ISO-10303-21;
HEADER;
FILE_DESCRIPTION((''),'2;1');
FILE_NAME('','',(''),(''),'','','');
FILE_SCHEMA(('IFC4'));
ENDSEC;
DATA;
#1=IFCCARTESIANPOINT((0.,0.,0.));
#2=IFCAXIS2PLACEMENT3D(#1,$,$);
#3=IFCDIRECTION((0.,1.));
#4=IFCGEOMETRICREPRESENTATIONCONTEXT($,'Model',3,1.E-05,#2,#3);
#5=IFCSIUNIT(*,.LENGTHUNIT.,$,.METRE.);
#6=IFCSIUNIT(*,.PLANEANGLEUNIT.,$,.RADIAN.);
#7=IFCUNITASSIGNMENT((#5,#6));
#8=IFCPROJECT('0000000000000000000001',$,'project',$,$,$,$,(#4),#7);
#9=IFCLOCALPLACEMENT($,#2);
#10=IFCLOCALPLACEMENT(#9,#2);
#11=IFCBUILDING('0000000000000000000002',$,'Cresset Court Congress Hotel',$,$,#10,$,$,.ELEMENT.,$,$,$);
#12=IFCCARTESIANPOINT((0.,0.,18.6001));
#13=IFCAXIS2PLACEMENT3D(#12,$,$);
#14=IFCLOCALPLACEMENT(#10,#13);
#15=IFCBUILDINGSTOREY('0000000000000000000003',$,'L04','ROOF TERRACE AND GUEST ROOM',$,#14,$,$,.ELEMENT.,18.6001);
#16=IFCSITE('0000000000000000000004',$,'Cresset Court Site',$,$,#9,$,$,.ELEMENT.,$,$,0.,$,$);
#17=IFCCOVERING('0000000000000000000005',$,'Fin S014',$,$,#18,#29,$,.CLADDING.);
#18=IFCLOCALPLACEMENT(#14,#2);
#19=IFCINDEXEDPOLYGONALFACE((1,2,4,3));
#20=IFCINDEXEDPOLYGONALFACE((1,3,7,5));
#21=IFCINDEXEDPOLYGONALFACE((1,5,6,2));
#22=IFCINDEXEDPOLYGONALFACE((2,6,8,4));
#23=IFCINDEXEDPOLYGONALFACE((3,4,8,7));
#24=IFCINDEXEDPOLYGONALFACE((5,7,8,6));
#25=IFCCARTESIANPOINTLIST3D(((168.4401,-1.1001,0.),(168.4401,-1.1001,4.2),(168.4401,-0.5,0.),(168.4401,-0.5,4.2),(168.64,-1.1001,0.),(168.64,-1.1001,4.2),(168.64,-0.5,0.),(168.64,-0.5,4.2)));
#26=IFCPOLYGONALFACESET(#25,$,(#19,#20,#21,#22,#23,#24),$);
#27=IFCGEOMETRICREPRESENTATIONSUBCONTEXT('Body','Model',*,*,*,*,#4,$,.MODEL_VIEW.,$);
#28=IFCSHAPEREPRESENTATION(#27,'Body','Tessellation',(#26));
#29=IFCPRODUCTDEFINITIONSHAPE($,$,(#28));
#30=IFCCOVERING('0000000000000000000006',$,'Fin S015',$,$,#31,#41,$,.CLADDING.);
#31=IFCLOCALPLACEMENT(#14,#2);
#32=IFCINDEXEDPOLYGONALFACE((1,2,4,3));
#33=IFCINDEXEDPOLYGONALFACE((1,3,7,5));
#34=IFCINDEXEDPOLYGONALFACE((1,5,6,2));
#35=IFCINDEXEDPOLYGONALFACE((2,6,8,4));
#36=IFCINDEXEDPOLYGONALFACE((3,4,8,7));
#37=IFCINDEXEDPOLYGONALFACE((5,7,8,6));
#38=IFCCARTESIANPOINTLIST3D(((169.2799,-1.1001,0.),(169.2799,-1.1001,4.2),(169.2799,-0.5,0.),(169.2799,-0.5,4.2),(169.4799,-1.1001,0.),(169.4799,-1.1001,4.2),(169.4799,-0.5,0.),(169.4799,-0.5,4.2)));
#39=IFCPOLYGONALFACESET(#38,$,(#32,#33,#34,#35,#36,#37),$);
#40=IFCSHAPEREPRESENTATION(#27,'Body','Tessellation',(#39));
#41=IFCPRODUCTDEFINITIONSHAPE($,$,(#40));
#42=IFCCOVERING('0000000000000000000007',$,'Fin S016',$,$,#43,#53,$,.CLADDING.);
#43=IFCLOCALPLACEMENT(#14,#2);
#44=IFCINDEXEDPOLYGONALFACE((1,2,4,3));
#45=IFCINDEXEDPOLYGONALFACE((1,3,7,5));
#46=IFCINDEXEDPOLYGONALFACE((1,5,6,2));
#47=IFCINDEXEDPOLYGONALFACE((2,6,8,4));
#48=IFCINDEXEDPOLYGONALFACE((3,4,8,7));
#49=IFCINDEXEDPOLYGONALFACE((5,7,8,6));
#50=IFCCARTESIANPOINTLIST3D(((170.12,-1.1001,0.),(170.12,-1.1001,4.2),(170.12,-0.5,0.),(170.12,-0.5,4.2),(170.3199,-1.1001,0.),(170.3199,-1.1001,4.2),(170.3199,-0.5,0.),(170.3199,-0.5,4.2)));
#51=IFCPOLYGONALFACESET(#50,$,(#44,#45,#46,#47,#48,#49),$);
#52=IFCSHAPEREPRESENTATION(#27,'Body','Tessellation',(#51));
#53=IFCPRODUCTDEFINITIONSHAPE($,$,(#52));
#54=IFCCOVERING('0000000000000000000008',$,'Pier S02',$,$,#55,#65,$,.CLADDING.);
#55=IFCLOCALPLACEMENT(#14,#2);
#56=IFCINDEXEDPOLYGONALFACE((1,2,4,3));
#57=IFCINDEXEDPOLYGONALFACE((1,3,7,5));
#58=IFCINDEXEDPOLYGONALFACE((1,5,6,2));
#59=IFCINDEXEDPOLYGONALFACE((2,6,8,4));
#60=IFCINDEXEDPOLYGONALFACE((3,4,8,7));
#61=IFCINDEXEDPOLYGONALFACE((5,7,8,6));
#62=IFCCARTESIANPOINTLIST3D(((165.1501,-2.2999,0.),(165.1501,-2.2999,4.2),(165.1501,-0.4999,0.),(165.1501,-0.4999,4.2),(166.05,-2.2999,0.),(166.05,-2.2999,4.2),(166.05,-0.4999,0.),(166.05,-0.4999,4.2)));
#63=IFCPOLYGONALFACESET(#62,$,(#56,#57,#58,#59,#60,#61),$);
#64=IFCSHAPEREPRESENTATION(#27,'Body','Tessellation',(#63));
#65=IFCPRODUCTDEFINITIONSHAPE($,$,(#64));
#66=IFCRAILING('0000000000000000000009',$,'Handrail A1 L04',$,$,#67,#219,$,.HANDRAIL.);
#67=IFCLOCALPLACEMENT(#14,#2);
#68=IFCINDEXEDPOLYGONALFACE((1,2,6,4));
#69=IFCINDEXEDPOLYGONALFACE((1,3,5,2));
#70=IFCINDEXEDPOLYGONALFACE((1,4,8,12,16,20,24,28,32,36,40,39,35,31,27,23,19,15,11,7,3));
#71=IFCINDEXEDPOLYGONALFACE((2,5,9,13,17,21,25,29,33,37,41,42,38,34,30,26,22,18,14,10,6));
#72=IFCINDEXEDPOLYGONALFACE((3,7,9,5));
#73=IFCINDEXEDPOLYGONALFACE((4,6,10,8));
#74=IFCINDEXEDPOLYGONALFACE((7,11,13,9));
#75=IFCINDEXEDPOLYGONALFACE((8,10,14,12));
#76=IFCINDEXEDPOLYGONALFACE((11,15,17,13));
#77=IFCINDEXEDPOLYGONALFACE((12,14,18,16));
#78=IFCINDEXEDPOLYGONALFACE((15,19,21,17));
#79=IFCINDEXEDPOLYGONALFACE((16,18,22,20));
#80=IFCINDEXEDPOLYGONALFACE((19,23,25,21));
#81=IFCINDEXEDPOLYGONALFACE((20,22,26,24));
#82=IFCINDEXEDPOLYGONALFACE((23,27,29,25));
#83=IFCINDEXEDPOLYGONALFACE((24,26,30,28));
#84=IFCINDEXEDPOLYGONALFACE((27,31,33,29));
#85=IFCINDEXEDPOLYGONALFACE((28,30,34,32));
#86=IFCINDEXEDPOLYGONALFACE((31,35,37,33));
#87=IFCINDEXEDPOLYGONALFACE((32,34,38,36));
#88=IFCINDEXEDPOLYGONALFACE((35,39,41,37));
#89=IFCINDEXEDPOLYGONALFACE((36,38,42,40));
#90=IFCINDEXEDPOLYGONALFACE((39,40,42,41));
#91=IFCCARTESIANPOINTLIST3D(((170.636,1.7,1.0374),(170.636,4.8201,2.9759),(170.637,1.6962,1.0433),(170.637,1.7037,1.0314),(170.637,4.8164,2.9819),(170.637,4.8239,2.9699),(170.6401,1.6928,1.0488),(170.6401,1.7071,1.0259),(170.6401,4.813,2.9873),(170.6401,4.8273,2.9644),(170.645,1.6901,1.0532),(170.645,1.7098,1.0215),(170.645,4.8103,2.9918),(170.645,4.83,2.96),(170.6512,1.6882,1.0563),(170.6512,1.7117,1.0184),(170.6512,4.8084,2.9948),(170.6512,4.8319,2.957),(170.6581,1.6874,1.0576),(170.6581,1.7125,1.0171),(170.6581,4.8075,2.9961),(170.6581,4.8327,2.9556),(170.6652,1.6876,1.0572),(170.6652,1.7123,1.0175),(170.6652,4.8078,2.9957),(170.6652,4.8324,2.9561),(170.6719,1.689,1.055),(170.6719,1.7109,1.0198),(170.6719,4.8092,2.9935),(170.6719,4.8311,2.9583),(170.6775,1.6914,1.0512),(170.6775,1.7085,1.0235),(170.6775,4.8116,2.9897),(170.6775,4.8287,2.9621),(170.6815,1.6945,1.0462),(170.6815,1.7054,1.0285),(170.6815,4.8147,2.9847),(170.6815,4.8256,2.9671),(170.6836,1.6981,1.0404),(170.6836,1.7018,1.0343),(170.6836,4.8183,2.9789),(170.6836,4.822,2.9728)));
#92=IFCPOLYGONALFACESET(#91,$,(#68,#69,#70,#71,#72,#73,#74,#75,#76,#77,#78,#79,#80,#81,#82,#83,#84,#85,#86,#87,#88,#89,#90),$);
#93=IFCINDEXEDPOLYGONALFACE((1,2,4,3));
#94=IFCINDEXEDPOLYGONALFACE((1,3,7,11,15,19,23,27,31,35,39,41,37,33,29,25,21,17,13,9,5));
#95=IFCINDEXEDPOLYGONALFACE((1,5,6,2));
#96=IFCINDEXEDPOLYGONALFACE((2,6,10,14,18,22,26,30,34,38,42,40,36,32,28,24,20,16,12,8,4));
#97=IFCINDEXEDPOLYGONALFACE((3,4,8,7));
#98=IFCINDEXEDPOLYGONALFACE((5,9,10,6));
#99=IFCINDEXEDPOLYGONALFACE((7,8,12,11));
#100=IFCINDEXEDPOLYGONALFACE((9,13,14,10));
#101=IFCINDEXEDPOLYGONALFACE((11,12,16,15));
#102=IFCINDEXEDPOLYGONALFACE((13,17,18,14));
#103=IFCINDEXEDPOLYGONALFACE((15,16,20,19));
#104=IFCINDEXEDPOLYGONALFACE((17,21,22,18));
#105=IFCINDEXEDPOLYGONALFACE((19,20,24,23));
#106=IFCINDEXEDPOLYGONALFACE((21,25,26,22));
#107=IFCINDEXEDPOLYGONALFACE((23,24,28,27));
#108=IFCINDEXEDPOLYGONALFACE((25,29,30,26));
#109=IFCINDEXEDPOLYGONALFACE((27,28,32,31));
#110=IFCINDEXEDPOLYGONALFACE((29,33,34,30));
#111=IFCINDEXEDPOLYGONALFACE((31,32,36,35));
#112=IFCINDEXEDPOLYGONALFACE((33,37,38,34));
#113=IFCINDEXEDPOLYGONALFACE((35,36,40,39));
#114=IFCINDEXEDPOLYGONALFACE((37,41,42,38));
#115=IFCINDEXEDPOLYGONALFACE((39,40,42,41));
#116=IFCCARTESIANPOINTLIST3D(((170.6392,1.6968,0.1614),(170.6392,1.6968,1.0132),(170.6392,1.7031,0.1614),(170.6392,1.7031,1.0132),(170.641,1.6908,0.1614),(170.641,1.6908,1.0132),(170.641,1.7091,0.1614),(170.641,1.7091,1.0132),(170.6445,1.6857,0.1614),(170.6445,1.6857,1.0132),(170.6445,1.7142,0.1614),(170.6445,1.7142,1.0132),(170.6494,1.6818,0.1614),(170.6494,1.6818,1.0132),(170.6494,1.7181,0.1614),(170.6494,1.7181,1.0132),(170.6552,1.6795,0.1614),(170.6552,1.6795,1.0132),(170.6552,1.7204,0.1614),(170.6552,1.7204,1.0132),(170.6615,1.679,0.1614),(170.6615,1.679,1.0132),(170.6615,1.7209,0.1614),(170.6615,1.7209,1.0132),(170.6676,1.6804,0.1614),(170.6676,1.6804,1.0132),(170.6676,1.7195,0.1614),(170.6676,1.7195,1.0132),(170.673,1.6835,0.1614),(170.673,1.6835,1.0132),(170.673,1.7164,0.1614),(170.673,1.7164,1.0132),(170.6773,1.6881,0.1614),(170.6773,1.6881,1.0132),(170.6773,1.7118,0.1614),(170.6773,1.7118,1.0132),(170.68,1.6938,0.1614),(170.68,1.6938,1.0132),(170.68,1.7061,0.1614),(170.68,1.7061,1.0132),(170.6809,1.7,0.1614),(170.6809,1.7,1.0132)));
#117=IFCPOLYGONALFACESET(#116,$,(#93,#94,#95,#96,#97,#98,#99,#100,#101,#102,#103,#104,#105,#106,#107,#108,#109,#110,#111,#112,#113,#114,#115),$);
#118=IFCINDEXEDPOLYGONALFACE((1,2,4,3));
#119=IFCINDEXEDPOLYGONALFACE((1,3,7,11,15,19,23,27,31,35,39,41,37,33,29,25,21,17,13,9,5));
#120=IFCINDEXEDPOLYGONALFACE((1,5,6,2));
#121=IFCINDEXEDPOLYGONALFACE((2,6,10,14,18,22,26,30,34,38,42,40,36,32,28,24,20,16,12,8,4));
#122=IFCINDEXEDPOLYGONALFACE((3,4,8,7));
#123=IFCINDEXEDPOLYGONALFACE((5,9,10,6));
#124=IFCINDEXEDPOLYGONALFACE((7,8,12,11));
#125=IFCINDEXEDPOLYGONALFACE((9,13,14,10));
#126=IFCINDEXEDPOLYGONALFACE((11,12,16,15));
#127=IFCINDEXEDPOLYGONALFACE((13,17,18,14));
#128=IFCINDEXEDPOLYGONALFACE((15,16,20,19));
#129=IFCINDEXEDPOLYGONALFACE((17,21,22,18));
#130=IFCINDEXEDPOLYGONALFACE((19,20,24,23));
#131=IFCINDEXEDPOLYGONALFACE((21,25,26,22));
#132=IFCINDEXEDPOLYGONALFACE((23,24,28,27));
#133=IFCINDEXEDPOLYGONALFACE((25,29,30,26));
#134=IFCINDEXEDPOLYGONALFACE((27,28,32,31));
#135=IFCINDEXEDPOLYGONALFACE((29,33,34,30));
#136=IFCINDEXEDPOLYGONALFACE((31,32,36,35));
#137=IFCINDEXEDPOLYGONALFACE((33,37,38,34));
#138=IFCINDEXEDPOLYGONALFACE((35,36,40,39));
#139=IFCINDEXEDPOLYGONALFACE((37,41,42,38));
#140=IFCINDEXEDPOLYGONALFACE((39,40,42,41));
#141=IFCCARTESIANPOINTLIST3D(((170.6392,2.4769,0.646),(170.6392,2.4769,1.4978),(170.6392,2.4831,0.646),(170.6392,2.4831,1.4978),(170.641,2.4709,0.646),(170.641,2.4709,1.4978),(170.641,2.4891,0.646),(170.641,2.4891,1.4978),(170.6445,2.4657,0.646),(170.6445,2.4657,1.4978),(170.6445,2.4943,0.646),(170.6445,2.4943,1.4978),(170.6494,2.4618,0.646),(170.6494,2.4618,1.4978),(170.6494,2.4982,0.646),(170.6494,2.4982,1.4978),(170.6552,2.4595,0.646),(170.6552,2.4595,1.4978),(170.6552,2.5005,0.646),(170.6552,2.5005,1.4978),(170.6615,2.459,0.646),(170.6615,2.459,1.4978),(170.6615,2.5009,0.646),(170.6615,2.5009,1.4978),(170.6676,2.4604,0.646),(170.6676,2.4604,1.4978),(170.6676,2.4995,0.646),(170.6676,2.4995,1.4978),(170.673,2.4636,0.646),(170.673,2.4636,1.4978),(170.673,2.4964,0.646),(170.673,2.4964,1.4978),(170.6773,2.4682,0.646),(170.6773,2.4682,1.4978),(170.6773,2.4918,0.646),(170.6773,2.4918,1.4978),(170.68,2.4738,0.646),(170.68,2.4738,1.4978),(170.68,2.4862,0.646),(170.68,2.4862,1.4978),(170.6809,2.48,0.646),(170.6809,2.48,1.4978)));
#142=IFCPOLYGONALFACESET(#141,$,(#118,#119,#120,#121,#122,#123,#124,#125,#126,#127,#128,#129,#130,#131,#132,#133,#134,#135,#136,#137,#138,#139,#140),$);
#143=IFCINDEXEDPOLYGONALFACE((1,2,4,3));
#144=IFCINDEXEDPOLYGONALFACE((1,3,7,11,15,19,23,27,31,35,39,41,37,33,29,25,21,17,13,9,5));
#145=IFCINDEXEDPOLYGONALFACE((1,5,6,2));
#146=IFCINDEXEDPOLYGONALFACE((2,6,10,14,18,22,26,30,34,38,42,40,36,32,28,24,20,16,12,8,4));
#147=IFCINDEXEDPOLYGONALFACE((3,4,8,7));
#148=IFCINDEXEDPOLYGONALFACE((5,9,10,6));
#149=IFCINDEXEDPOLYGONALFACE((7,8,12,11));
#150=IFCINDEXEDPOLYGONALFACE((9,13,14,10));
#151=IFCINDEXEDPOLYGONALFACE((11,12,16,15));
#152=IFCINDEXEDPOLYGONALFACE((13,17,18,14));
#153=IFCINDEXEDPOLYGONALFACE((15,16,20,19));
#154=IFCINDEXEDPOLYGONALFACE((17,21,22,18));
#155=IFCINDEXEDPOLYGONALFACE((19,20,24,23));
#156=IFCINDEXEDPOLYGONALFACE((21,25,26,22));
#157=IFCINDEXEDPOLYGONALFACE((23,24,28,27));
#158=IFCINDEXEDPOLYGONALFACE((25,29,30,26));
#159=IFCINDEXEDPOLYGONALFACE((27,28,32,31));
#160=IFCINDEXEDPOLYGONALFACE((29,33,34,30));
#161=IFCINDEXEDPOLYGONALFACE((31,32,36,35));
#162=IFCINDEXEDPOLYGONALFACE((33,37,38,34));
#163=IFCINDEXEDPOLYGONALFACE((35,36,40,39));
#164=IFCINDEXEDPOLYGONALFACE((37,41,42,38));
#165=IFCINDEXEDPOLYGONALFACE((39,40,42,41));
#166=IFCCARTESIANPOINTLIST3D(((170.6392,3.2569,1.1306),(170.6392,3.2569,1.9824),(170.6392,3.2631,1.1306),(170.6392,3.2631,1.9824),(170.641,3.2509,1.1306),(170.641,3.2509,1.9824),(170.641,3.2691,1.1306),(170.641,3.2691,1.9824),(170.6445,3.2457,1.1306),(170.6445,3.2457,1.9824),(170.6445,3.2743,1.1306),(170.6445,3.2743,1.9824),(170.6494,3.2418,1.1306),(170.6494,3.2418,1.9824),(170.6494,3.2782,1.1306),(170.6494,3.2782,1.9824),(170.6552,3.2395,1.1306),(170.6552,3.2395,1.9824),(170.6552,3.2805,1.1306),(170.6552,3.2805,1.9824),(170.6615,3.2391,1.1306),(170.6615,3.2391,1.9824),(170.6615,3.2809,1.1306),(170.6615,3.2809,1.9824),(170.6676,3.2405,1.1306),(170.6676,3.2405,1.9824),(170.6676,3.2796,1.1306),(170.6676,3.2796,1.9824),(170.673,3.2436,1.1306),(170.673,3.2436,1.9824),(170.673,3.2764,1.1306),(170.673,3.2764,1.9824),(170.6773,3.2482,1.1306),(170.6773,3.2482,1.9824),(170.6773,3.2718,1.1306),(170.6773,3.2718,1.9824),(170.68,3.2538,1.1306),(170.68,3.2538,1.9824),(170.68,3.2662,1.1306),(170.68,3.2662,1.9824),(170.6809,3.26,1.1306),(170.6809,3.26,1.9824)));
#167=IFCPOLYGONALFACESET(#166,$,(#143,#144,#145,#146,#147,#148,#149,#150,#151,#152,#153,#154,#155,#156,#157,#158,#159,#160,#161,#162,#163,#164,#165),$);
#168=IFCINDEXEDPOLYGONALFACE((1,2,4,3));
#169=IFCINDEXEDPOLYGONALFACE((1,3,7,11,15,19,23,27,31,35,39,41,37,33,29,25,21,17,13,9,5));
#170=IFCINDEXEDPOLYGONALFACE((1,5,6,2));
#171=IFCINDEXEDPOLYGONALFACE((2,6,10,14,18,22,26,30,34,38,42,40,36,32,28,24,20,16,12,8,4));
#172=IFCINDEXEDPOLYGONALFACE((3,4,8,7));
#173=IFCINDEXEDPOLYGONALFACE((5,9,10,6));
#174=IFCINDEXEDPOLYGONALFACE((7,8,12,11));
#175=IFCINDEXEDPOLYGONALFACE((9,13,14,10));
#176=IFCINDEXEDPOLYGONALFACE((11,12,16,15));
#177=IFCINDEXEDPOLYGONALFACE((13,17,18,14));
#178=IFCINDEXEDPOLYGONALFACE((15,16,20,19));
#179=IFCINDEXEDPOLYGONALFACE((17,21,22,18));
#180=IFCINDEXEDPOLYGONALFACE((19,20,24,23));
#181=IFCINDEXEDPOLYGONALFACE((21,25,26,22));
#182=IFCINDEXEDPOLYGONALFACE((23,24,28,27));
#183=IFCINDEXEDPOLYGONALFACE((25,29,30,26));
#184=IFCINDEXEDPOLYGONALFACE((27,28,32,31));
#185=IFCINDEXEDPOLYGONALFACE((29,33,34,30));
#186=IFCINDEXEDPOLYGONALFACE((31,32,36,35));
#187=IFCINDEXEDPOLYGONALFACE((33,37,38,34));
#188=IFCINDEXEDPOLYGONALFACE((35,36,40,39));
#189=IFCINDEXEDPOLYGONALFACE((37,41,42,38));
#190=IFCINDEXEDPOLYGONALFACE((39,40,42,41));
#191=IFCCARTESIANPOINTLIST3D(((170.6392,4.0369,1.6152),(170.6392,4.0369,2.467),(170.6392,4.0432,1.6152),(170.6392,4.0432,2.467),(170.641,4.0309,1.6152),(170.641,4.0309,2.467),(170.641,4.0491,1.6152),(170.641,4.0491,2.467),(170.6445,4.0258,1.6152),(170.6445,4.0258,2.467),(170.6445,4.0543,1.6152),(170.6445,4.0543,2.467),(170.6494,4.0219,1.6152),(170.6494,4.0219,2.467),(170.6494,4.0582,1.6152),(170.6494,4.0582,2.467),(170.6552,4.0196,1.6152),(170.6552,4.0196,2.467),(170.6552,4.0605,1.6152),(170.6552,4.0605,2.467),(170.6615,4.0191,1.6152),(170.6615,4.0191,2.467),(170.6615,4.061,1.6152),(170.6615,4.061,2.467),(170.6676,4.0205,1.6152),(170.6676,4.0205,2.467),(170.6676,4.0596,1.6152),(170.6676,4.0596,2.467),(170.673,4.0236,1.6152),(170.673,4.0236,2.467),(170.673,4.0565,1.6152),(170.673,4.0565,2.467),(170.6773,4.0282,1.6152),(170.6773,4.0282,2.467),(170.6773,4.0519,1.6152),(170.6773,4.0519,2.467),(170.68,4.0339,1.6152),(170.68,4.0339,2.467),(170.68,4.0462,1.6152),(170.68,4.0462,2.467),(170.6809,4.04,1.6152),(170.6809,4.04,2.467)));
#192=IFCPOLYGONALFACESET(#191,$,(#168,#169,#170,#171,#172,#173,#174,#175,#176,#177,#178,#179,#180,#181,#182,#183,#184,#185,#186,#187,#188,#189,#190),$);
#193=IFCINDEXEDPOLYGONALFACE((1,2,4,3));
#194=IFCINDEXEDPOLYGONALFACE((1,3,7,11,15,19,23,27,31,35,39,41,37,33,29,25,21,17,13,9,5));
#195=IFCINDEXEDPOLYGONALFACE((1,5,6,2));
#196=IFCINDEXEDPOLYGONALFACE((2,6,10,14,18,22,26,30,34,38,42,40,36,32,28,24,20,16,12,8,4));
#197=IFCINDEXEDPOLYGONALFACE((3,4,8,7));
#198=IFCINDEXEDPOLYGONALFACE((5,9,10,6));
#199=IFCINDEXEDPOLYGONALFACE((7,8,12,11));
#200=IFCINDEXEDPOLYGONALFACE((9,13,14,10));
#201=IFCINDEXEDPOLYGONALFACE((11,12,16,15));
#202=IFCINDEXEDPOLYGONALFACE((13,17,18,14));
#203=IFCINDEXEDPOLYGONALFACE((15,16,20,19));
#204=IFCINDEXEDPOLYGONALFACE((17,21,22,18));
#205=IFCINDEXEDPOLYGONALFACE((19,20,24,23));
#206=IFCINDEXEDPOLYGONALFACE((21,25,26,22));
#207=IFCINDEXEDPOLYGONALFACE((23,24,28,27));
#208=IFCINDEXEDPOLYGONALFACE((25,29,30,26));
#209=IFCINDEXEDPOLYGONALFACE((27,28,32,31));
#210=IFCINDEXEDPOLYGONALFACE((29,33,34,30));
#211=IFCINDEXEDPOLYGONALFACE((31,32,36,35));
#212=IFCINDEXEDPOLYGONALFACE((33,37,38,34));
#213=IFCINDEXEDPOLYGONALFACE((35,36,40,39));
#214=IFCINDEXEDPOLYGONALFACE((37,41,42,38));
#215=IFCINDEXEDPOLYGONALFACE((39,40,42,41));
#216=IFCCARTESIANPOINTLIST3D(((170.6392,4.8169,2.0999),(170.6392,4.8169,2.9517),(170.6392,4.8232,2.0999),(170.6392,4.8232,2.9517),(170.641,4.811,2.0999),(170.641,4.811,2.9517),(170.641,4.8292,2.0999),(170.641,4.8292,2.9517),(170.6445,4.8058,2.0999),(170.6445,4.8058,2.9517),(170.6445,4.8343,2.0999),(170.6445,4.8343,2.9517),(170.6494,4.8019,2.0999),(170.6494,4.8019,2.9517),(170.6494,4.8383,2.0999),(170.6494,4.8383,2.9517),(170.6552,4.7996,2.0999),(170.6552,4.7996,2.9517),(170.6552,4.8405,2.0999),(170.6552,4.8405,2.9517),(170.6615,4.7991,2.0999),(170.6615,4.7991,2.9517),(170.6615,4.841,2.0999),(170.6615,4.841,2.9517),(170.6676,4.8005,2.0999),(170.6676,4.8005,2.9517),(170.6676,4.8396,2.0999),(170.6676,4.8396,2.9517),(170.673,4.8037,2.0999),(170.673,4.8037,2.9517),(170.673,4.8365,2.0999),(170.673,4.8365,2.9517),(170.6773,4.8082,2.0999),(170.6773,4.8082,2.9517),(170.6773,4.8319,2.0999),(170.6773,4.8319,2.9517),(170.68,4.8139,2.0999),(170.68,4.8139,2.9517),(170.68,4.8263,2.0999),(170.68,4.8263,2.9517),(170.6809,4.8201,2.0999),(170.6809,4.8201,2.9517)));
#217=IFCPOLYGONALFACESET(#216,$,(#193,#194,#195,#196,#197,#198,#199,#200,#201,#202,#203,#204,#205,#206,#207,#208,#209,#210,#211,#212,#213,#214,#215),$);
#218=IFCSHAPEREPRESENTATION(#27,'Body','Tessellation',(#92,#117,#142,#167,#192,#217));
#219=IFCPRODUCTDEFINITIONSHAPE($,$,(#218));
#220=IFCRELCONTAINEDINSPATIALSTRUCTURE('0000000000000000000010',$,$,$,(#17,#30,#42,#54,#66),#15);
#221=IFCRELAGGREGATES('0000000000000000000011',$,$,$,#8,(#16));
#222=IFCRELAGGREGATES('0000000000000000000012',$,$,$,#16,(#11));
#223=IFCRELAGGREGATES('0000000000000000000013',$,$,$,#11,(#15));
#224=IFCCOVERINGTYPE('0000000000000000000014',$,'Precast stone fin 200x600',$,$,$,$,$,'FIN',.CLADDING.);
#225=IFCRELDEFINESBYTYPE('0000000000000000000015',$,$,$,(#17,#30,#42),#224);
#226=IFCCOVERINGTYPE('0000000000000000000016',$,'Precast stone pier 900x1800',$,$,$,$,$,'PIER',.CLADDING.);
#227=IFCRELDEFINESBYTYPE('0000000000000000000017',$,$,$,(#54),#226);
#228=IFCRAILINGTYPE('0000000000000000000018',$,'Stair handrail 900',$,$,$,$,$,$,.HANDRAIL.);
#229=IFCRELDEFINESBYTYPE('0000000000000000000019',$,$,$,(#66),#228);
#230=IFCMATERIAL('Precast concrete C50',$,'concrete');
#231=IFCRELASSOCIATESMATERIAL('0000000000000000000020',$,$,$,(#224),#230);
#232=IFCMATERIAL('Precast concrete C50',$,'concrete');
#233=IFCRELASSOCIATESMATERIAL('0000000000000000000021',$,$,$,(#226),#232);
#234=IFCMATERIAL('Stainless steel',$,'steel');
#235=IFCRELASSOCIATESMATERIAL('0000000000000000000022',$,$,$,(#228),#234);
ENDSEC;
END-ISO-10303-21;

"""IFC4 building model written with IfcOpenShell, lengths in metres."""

from ifc_helpers import new_model, si_unit, direction, frame, origin, origin_2d, place, context, subcontext, project, spatial, rectangle, circle, extrude, material, type_object, element, save


model = new_model("IFC4")

# Units and contexts
model_context = context("Model", 3, precision=1e-05, world=origin(), true_north=direction((0.0, 1.0)))
body_context = subcontext(model_context, "Body", "Model", "MODEL_VIEW")
ifc_project = project(units=[si_unit("LENGTHUNIT", "METRE"), si_unit("PLANEANGLEUNIT", "RADIAN")], contexts=[model_context])

# Site, building, storey
site_placement = place(None, origin())
site = spatial("IfcSite", under=ifc_project, at=site_placement, Name="Cresset Court Site", CompositionType="ELEMENT", RefElevation=0.0)
building_placement = place(site_placement, origin())
building = spatial("IfcBuilding", under=site, at=building_placement, Name="Cresset Court Congress Hotel", CompositionType="ELEMENT")
storey_placement = place(building_placement, frame((0.0, 0.0, 18.6001)))
storey = spatial("IfcBuildingStorey", under=building, at=storey_placement, Name="L04", Description="ROOF TERRACE AND GUEST ROOM", CompositionType="ELEMENT", Elevation=18.6001)

# Coverings
ifc_material_1 = material(Name="Precast concrete C50", Category="concrete")
covering_type_1 = type_object("IfcCoveringType", Name="Precast stone fin 200x600", ElementType="FIN", PredefinedType="CLADDING", material=ifc_material_1)
for number, where, z_axis, x_axis, name in (
    (1, (168.54, -0.8, 0.0), (0.0, 0.0, 1.0), (1.0, 0.0, 0.0), "Fin S014"),
    (2, (169.3799, -0.8, 0.0), (0.0, 0.0, 1.0), (1.0, 0.0, 0.0), "Fin S015"),
    (3, (170.22, -0.8, 0.0), (0.0, 0.0, 1.0), (1.0, 0.0, 0.0), "Fin S016"),
):
    element("IfcCovering", number, at=place(storey_placement, frame(where, z_axis=z_axis, x_axis=x_axis)), inside=storey, type_object=covering_type_1, Name=name, PredefinedType="CLADDING", context=body_context, shape_type="SweptSolid", body=[
        extrude(rectangle(XDim=0.2, YDim=0.6001, at=origin_2d()), origin(), (0.0, 0.0, 1.0), 4.2),
    ])
ifc_material_2 = material(Name="Precast concrete C50", Category="concrete")
covering_type_2 = type_object("IfcCoveringType", Name="Precast stone pier 900x1800", ElementType="PIER", PredefinedType="CLADDING", material=ifc_material_2)
covering_placement = place(storey_placement, frame((165.6001, -1.3999, 0.0), z_axis=(0.0, 0.0, 1.0), x_axis=(1.0, 0.0, 0.0)))
element("IfcCovering", 4, at=covering_placement, inside=storey, type_object=covering_type_2, Name="Pier S02", PredefinedType="CLADDING", context=body_context, shape_type="SweptSolid", body=[
    extrude(rectangle(XDim=0.8999, YDim=1.8, at=origin_2d()), origin(), (0.0, 0.0, 1.0), 4.2),
])

# Railing
ifc_material_3 = material(Name="Stainless steel", Category="steel")
railing_type = type_object("IfcRailingType", Name="Stair handrail 900", PredefinedType="HANDRAIL", material=ifc_material_3)
railing_placement = place(storey_placement, frame((170.6599, 1.7, 0.1614)))
element("IfcRailing", 5, at=railing_placement, inside=storey, type_object=railing_type, Name="Handrail A1 L04", PredefinedType="HANDRAIL", context=body_context, shape_type="SweptSolid", body=[
    extrude(circle(Radius=0.0239, at=origin_2d()), frame((0.0, 0.0, 0.876), z_axis=(0.0, 0.849414, 0.527727), x_axis=(-1.0, 0.0, 0.0)), (0.0, 0.0, 1.0), 3.6733),
    extrude(circle(Radius=0.021, at=origin_2d()), origin(), (0.0, 0.0, 1.0), 0.8518),
    extrude(circle(Radius=0.021, at=origin_2d()), frame((0.0, 0.78, 0.4846)), (0.0, 0.0, 1.0), 0.8518),
    extrude(circle(Radius=0.021, at=origin_2d()), frame((0.0, 1.5601, 0.9692)), (0.0, 0.0, 1.0), 0.8518),
    extrude(circle(Radius=0.021, at=origin_2d()), frame((0.0, 2.3401, 1.4539)), (0.0, 0.0, 1.0), 0.8518),
    extrude(circle(Radius=0.021, at=origin_2d()), frame((0.0, 3.1201, 1.9385)), (0.0, 0.0, 1.0), 0.8518),
])

save(model, "model.ifc")
